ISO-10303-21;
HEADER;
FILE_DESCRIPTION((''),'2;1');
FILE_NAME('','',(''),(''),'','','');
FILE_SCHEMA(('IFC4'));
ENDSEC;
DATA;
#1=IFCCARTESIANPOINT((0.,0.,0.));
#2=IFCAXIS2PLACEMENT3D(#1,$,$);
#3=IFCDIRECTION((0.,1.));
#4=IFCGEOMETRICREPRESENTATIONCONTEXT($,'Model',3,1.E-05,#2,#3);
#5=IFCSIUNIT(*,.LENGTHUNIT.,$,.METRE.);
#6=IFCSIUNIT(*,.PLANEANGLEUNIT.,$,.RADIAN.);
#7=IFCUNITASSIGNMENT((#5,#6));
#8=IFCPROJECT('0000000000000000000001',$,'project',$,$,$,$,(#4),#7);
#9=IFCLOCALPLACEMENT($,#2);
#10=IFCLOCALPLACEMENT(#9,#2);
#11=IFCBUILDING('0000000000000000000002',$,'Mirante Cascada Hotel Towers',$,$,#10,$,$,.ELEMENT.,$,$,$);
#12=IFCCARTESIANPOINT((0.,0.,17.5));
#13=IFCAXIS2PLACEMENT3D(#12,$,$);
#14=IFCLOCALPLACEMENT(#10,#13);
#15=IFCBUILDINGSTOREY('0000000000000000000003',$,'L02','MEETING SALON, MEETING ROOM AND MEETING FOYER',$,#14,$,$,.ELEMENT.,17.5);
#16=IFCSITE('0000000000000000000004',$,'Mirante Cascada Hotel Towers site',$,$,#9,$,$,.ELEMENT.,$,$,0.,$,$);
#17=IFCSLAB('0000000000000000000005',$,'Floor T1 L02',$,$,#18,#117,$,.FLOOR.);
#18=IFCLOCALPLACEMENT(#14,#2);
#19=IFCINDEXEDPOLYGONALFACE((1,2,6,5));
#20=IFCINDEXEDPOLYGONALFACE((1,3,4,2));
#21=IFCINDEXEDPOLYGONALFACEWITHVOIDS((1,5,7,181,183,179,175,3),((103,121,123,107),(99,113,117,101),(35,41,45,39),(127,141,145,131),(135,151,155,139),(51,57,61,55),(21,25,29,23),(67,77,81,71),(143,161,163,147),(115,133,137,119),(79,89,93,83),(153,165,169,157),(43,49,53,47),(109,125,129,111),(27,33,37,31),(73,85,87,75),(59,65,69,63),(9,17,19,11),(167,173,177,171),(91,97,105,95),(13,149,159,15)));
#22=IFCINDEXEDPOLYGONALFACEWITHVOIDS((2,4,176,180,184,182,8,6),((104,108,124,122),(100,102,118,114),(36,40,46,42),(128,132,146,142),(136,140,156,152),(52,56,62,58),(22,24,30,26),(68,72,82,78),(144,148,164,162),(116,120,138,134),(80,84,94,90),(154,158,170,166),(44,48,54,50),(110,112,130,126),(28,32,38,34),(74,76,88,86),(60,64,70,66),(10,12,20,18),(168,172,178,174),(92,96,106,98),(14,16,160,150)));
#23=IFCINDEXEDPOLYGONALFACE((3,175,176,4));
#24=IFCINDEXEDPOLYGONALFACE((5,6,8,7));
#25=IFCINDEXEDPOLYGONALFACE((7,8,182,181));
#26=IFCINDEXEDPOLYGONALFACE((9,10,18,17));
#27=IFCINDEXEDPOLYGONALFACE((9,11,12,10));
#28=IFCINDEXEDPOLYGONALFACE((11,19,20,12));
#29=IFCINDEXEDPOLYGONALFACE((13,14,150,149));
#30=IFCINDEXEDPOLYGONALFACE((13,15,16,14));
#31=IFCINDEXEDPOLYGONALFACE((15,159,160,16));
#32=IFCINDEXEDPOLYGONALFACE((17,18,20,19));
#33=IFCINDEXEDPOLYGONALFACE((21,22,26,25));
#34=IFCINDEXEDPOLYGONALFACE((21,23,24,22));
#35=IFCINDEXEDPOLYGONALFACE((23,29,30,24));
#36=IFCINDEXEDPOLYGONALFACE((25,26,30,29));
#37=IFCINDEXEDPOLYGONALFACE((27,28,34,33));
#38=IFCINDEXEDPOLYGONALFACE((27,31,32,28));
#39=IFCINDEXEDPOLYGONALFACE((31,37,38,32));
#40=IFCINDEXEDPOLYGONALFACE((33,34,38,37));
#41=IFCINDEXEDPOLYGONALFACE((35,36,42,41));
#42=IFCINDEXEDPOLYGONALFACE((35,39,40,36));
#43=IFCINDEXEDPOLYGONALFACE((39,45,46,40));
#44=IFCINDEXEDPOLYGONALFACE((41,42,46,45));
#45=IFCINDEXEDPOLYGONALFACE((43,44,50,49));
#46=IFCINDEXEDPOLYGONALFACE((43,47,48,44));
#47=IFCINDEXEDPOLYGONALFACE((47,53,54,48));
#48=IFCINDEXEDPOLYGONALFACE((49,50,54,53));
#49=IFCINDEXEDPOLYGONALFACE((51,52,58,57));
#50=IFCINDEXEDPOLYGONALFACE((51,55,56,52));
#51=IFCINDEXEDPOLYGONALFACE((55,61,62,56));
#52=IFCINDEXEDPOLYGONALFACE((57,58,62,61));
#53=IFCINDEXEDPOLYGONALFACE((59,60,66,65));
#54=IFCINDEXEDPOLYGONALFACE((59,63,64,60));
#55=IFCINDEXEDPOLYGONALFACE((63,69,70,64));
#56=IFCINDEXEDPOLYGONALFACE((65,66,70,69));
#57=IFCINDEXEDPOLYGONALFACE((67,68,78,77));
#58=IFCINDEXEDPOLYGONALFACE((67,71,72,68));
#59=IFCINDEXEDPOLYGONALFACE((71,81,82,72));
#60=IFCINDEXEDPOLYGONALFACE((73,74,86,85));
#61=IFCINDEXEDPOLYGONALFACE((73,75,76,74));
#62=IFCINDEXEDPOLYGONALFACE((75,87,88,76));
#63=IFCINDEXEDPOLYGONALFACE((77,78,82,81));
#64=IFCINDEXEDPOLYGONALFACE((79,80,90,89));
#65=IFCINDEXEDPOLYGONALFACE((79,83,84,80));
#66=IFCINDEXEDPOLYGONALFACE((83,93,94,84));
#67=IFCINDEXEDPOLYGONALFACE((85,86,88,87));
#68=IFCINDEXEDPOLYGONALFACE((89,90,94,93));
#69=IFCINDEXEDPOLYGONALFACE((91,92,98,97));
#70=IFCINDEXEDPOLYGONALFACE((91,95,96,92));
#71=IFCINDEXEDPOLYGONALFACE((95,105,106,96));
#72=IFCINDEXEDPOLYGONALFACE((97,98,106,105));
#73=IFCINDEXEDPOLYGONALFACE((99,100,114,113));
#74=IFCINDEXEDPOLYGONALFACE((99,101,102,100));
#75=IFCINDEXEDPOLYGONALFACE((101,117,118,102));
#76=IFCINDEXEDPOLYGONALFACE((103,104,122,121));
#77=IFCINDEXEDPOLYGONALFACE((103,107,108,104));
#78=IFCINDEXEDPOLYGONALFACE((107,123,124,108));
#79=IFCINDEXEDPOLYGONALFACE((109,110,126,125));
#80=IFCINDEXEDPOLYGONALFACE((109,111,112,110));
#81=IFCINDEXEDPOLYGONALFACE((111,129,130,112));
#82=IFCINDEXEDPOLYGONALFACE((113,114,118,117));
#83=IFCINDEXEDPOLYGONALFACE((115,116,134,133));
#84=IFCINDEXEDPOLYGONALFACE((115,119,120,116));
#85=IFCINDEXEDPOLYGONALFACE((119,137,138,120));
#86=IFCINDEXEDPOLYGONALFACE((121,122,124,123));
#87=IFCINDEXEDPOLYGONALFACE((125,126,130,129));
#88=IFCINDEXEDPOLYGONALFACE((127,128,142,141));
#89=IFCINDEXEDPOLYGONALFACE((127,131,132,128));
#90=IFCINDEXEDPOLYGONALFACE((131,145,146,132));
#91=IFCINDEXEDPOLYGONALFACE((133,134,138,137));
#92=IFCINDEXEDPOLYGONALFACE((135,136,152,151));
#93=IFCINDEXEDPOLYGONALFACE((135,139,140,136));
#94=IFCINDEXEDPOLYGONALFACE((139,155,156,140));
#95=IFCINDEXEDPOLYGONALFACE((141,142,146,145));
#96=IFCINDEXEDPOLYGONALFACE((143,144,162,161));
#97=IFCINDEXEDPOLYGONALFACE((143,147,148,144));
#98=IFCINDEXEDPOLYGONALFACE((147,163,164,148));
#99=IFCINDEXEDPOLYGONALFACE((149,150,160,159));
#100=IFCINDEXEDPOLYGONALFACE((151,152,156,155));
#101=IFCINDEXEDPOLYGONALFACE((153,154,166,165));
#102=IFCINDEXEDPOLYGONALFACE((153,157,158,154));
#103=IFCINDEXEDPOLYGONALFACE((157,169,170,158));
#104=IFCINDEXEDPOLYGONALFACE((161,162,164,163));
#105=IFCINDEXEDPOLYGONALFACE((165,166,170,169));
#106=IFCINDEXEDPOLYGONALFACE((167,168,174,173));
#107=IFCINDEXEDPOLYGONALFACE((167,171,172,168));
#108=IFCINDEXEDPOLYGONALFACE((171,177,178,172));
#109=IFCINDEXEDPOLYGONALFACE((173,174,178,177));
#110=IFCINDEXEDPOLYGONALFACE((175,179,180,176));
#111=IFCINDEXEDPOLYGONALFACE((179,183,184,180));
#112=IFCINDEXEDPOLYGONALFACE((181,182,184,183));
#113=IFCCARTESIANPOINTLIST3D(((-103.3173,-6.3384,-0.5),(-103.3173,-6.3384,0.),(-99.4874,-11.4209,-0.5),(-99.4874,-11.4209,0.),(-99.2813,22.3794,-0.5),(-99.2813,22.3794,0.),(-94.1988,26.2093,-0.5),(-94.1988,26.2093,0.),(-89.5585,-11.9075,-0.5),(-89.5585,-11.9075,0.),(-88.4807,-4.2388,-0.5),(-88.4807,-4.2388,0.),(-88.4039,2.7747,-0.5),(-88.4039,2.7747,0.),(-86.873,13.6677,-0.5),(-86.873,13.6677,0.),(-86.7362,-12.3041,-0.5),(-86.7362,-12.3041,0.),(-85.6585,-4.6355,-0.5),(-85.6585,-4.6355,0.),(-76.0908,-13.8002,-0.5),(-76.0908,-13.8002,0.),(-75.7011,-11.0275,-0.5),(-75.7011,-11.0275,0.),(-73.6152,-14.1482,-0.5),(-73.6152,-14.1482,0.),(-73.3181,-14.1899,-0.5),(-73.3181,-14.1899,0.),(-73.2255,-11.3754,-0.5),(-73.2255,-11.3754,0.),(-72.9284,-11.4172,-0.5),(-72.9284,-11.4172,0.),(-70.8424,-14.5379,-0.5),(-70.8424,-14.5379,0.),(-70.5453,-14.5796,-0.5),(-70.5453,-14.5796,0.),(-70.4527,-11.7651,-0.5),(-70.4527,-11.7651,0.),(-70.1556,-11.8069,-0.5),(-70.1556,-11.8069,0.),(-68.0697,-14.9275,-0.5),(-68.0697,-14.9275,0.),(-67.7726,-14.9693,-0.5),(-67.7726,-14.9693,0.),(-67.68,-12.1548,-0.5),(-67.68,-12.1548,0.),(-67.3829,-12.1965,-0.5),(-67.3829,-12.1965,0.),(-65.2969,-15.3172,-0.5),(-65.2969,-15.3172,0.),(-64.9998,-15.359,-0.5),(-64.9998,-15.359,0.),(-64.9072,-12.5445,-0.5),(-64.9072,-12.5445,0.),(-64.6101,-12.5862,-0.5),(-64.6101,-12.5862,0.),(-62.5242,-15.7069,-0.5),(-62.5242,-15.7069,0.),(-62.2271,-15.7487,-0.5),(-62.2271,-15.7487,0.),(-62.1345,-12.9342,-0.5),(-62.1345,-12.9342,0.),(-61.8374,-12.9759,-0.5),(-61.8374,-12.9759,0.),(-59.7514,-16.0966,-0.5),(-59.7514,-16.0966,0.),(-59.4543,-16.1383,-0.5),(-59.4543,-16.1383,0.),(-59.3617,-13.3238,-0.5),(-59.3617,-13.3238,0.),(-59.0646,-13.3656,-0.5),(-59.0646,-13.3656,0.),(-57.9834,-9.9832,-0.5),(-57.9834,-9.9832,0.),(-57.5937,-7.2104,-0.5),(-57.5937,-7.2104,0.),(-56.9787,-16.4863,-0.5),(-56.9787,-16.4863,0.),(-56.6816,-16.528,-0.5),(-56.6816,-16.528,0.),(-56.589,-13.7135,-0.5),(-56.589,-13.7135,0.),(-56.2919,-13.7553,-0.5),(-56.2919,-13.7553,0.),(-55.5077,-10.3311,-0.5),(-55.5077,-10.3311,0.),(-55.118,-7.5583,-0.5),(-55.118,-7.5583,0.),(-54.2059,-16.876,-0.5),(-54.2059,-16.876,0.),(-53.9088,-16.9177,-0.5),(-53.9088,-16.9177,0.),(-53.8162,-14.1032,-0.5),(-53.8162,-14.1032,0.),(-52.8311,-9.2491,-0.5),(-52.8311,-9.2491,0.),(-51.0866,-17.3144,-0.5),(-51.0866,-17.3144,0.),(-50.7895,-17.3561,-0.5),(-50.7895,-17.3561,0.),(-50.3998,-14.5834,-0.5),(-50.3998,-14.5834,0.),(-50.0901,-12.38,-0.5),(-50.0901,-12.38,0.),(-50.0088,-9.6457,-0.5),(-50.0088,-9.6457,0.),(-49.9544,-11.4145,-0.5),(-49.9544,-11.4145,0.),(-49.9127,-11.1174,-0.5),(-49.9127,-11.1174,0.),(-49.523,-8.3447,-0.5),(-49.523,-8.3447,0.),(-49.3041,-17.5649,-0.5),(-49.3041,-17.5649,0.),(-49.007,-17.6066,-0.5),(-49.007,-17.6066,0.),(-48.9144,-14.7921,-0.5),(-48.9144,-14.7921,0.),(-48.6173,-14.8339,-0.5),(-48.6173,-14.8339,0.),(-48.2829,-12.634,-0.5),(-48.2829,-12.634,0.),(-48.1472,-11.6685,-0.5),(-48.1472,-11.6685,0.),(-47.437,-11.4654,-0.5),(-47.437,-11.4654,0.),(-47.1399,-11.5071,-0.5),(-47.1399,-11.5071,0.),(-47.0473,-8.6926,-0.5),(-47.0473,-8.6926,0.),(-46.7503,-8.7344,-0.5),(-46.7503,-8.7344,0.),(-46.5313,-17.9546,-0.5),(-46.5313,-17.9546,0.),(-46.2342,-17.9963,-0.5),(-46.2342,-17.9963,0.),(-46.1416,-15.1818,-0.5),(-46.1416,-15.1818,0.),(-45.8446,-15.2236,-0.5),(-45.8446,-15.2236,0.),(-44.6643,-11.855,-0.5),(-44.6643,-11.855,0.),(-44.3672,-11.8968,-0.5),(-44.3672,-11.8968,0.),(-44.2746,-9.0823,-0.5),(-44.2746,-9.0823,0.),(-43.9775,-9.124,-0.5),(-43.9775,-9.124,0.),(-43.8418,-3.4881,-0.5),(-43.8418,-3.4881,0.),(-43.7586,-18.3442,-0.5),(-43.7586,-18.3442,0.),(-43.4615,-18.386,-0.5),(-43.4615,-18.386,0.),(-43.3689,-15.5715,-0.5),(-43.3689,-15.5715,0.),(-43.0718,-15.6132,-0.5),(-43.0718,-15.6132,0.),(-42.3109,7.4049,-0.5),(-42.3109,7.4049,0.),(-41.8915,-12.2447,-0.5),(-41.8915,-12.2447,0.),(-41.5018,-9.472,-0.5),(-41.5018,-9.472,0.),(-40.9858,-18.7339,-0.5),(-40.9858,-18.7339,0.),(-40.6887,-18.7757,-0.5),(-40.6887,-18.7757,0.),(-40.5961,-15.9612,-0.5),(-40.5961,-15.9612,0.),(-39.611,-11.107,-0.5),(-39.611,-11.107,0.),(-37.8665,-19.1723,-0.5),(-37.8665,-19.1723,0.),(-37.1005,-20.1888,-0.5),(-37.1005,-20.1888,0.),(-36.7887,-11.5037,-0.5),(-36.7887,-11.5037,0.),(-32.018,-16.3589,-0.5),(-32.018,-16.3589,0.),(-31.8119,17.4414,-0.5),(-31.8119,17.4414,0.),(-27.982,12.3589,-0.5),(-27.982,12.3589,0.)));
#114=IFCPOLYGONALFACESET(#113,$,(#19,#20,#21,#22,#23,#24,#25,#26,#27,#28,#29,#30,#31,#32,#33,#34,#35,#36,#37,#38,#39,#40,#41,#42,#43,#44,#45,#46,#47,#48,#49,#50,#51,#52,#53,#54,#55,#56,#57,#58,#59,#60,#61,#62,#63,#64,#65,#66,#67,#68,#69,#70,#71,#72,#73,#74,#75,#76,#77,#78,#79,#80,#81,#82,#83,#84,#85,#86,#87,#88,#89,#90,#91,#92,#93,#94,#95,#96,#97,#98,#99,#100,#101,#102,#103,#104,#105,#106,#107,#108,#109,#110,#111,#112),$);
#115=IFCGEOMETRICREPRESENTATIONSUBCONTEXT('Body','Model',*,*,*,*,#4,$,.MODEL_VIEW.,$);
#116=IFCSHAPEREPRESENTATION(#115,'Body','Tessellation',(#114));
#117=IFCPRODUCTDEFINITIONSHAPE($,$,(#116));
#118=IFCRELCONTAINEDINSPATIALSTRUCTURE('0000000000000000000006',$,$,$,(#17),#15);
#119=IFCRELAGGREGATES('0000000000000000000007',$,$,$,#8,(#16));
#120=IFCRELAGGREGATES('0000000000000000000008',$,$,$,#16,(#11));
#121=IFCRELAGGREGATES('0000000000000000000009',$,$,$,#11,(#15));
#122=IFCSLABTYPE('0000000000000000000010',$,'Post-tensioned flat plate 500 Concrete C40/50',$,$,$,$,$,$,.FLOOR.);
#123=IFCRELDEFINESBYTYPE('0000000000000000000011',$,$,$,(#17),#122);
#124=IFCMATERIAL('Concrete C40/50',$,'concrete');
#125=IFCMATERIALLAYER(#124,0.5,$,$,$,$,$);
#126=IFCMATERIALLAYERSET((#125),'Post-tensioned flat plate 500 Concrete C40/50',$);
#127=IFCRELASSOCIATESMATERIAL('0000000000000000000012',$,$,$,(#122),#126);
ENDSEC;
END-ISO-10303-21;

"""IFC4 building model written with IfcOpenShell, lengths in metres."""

from ifc_helpers import new_model, si_unit, direction, frame, origin, place, context, subcontext, project, spatial, polyline, outline, extrude, material, layer, layer_set, type_object, element, save


model = new_model("IFC4")

# Units and contexts
model_context = context("Model", 3, precision=1e-05, world=origin(), true_north=direction((0.0, 1.0)))
body_context = subcontext(model_context, "Body", "Model", "MODEL_VIEW")
ifc_project = project(units=[si_unit("LENGTHUNIT", "METRE"), si_unit("PLANEANGLEUNIT", "RADIAN")], contexts=[model_context])

# Site, building, storey
site_placement = place(None, origin())
site = spatial("IfcSite", under=ifc_project, at=site_placement, Name="Mirante Cascada Hotel Towers site", CompositionType="ELEMENT", RefElevation=0.0)
building_placement = place(site_placement, origin())
building = spatial("IfcBuilding", under=site, at=building_placement, Name="Mirante Cascada Hotel Towers", CompositionType="ELEMENT")
storey_placement = place(building_placement, frame((0.0, 0.0, 17.5)))
storey = spatial("IfcBuildingStorey", under=building, at=storey_placement, Name="L02", Description="MEETING SALON, MEETING ROOM AND MEETING FOYER", CompositionType="ELEMENT", Elevation=17.5)

# Slab
ifc_material_1 = material(Name="Concrete C40/50", Category="concrete")
ifc_layer_1 = layer(ifc_material_1, 0.5)
ifc_layer_set_1 = layer_set([ifc_layer_1], Name="Post-tensioned flat plate 500 Concrete C40/50")
slab_type_1 = type_object("IfcSlabType", Name="Post-tensioned flat plate 500 Concrete C40/50", PredefinedType="FLOOR", material=ifc_layer_set_1)
slab_1_placement = place(storey_placement, frame((0.0, 0.0, -0.5)))
element("IfcSlab", 1, at=slab_1_placement, inside=storey, type_object=slab_type_1, Name="Floor T1 L02", PredefinedType="FLOOR", context=body_context, shape_type="SweptSolid", body=[
    extrude(outline(polyline([(-32.018, -16.3589), (-27.982, 12.3589), (-31.8119, 17.4414), (-94.1988, 26.2093), (-99.2813, 22.3794), (-103.3173, -6.3384), (-99.4874, -11.4209), (-37.1005, -20.1888), (-32.018, -16.3589)]), holes=[polyline([(-43.0718, -15.6132), (-40.5961, -15.9612), (-40.9858, -18.7339), (-43.4615, -18.386), (-43.0718, -15.6132)]), polyline([(-45.8446, -15.2236), (-43.3689, -15.5715), (-43.7586, -18.3442), (-46.2342, -17.9963), (-45.8446, -15.2236)]), polyline([(-48.6173, -14.8339), (-46.1416, -15.1818), (-46.5313, -17.9546), (-49.007, -17.6066), (-48.6173, -14.8339)]), polyline([(-50.7895, -17.3561), (-50.3998, -14.5834), (-48.9144, -14.7921), (-49.3041, -17.5649), (-50.7895, -17.3561)]), polyline([(-56.6816, -16.528), (-56.2919, -13.7553), (-53.8162, -14.1032), (-54.2059, -16.876), (-56.6816, -16.528)]), polyline([(-36.7887, -11.5037), (-37.8665, -19.1723), (-40.6887, -18.7757), (-39.611, -11.107), (-36.7887, -11.5037)]), polyline([(-50.0088, -9.6457), (-51.0866, -17.3144), (-53.9088, -16.9177), (-52.8311, -9.2491), (-50.0088, -9.6457)]), polyline([(-49.9544, -11.4145), (-48.1472, -11.6685), (-48.2829, -12.634), (-50.0901, -12.38), (-49.9544, -11.4145)]), polyline([(-44.3672, -11.8968), (-43.9775, -9.124), (-41.5018, -9.472), (-41.8915, -12.2447), (-44.3672, -11.8968)]), polyline([(-47.1399, -11.5071), (-46.7503, -8.7344), (-44.2746, -9.0823), (-44.6643, -11.855), (-47.1399, -11.5071)]), polyline([(-49.523, -8.3447), (-47.0473, -8.6926), (-47.437, -11.4654), (-49.9127, -11.1174), (-49.523, -8.3447)]), polyline([(-59.0646, -13.3656), (-56.589, -13.7135), (-56.9787, -16.4863), (-59.4543, -16.1383), (-59.0646, -13.3656)]), polyline([(-61.8374, -12.9759), (-59.3617, -13.3238), (-59.7514, -16.0966), (-62.2271, -15.7487), (-61.8374, -12.9759)]), polyline([(-64.9998, -15.359), (-64.6101, -12.5862), (-62.1345, -12.9342), (-62.5242, -15.7069), (-64.9998, -15.359)]), polyline([(-67.7726, -14.9693), (-67.3829, -12.1965), (-64.9072, -12.5445), (-65.2969, -15.3172), (-67.7726, -14.9693)]), polyline([(-70.1556, -11.8069), (-67.68, -12.1548), (-68.0697, -14.9275), (-70.5453, -14.5796), (-70.1556, -11.8069)]), polyline([(-73.3181, -14.1899), (-72.9284, -11.4172), (-70.4527, -11.7651), (-70.8424, -14.5379), (-73.3181, -14.1899)]), polyline([(-76.0908, -13.8002), (-75.7011, -11.0275), (-73.2255, -11.3754), (-73.6152, -14.1482), (-76.0908, -13.8002)]), polyline([(-85.6585, -4.6355), (-86.7362, -12.3041), (-89.5585, -11.9075), (-88.4807, -4.2388), (-85.6585, -4.6355)]), polyline([(-57.9834, -9.9832), (-57.5937, -7.2104), (-55.118, -7.5583), (-55.5077, -10.3311), (-57.9834, -9.9832)]), polyline([(-88.4039, 2.7747), (-86.873, 13.6677), (-42.3109, 7.4049), (-43.8418, -3.4881), (-88.4039, 2.7747)])]), origin(), (0.0, 0.0, 1.0), 0.5),
])

save(model, "model.ifc")
